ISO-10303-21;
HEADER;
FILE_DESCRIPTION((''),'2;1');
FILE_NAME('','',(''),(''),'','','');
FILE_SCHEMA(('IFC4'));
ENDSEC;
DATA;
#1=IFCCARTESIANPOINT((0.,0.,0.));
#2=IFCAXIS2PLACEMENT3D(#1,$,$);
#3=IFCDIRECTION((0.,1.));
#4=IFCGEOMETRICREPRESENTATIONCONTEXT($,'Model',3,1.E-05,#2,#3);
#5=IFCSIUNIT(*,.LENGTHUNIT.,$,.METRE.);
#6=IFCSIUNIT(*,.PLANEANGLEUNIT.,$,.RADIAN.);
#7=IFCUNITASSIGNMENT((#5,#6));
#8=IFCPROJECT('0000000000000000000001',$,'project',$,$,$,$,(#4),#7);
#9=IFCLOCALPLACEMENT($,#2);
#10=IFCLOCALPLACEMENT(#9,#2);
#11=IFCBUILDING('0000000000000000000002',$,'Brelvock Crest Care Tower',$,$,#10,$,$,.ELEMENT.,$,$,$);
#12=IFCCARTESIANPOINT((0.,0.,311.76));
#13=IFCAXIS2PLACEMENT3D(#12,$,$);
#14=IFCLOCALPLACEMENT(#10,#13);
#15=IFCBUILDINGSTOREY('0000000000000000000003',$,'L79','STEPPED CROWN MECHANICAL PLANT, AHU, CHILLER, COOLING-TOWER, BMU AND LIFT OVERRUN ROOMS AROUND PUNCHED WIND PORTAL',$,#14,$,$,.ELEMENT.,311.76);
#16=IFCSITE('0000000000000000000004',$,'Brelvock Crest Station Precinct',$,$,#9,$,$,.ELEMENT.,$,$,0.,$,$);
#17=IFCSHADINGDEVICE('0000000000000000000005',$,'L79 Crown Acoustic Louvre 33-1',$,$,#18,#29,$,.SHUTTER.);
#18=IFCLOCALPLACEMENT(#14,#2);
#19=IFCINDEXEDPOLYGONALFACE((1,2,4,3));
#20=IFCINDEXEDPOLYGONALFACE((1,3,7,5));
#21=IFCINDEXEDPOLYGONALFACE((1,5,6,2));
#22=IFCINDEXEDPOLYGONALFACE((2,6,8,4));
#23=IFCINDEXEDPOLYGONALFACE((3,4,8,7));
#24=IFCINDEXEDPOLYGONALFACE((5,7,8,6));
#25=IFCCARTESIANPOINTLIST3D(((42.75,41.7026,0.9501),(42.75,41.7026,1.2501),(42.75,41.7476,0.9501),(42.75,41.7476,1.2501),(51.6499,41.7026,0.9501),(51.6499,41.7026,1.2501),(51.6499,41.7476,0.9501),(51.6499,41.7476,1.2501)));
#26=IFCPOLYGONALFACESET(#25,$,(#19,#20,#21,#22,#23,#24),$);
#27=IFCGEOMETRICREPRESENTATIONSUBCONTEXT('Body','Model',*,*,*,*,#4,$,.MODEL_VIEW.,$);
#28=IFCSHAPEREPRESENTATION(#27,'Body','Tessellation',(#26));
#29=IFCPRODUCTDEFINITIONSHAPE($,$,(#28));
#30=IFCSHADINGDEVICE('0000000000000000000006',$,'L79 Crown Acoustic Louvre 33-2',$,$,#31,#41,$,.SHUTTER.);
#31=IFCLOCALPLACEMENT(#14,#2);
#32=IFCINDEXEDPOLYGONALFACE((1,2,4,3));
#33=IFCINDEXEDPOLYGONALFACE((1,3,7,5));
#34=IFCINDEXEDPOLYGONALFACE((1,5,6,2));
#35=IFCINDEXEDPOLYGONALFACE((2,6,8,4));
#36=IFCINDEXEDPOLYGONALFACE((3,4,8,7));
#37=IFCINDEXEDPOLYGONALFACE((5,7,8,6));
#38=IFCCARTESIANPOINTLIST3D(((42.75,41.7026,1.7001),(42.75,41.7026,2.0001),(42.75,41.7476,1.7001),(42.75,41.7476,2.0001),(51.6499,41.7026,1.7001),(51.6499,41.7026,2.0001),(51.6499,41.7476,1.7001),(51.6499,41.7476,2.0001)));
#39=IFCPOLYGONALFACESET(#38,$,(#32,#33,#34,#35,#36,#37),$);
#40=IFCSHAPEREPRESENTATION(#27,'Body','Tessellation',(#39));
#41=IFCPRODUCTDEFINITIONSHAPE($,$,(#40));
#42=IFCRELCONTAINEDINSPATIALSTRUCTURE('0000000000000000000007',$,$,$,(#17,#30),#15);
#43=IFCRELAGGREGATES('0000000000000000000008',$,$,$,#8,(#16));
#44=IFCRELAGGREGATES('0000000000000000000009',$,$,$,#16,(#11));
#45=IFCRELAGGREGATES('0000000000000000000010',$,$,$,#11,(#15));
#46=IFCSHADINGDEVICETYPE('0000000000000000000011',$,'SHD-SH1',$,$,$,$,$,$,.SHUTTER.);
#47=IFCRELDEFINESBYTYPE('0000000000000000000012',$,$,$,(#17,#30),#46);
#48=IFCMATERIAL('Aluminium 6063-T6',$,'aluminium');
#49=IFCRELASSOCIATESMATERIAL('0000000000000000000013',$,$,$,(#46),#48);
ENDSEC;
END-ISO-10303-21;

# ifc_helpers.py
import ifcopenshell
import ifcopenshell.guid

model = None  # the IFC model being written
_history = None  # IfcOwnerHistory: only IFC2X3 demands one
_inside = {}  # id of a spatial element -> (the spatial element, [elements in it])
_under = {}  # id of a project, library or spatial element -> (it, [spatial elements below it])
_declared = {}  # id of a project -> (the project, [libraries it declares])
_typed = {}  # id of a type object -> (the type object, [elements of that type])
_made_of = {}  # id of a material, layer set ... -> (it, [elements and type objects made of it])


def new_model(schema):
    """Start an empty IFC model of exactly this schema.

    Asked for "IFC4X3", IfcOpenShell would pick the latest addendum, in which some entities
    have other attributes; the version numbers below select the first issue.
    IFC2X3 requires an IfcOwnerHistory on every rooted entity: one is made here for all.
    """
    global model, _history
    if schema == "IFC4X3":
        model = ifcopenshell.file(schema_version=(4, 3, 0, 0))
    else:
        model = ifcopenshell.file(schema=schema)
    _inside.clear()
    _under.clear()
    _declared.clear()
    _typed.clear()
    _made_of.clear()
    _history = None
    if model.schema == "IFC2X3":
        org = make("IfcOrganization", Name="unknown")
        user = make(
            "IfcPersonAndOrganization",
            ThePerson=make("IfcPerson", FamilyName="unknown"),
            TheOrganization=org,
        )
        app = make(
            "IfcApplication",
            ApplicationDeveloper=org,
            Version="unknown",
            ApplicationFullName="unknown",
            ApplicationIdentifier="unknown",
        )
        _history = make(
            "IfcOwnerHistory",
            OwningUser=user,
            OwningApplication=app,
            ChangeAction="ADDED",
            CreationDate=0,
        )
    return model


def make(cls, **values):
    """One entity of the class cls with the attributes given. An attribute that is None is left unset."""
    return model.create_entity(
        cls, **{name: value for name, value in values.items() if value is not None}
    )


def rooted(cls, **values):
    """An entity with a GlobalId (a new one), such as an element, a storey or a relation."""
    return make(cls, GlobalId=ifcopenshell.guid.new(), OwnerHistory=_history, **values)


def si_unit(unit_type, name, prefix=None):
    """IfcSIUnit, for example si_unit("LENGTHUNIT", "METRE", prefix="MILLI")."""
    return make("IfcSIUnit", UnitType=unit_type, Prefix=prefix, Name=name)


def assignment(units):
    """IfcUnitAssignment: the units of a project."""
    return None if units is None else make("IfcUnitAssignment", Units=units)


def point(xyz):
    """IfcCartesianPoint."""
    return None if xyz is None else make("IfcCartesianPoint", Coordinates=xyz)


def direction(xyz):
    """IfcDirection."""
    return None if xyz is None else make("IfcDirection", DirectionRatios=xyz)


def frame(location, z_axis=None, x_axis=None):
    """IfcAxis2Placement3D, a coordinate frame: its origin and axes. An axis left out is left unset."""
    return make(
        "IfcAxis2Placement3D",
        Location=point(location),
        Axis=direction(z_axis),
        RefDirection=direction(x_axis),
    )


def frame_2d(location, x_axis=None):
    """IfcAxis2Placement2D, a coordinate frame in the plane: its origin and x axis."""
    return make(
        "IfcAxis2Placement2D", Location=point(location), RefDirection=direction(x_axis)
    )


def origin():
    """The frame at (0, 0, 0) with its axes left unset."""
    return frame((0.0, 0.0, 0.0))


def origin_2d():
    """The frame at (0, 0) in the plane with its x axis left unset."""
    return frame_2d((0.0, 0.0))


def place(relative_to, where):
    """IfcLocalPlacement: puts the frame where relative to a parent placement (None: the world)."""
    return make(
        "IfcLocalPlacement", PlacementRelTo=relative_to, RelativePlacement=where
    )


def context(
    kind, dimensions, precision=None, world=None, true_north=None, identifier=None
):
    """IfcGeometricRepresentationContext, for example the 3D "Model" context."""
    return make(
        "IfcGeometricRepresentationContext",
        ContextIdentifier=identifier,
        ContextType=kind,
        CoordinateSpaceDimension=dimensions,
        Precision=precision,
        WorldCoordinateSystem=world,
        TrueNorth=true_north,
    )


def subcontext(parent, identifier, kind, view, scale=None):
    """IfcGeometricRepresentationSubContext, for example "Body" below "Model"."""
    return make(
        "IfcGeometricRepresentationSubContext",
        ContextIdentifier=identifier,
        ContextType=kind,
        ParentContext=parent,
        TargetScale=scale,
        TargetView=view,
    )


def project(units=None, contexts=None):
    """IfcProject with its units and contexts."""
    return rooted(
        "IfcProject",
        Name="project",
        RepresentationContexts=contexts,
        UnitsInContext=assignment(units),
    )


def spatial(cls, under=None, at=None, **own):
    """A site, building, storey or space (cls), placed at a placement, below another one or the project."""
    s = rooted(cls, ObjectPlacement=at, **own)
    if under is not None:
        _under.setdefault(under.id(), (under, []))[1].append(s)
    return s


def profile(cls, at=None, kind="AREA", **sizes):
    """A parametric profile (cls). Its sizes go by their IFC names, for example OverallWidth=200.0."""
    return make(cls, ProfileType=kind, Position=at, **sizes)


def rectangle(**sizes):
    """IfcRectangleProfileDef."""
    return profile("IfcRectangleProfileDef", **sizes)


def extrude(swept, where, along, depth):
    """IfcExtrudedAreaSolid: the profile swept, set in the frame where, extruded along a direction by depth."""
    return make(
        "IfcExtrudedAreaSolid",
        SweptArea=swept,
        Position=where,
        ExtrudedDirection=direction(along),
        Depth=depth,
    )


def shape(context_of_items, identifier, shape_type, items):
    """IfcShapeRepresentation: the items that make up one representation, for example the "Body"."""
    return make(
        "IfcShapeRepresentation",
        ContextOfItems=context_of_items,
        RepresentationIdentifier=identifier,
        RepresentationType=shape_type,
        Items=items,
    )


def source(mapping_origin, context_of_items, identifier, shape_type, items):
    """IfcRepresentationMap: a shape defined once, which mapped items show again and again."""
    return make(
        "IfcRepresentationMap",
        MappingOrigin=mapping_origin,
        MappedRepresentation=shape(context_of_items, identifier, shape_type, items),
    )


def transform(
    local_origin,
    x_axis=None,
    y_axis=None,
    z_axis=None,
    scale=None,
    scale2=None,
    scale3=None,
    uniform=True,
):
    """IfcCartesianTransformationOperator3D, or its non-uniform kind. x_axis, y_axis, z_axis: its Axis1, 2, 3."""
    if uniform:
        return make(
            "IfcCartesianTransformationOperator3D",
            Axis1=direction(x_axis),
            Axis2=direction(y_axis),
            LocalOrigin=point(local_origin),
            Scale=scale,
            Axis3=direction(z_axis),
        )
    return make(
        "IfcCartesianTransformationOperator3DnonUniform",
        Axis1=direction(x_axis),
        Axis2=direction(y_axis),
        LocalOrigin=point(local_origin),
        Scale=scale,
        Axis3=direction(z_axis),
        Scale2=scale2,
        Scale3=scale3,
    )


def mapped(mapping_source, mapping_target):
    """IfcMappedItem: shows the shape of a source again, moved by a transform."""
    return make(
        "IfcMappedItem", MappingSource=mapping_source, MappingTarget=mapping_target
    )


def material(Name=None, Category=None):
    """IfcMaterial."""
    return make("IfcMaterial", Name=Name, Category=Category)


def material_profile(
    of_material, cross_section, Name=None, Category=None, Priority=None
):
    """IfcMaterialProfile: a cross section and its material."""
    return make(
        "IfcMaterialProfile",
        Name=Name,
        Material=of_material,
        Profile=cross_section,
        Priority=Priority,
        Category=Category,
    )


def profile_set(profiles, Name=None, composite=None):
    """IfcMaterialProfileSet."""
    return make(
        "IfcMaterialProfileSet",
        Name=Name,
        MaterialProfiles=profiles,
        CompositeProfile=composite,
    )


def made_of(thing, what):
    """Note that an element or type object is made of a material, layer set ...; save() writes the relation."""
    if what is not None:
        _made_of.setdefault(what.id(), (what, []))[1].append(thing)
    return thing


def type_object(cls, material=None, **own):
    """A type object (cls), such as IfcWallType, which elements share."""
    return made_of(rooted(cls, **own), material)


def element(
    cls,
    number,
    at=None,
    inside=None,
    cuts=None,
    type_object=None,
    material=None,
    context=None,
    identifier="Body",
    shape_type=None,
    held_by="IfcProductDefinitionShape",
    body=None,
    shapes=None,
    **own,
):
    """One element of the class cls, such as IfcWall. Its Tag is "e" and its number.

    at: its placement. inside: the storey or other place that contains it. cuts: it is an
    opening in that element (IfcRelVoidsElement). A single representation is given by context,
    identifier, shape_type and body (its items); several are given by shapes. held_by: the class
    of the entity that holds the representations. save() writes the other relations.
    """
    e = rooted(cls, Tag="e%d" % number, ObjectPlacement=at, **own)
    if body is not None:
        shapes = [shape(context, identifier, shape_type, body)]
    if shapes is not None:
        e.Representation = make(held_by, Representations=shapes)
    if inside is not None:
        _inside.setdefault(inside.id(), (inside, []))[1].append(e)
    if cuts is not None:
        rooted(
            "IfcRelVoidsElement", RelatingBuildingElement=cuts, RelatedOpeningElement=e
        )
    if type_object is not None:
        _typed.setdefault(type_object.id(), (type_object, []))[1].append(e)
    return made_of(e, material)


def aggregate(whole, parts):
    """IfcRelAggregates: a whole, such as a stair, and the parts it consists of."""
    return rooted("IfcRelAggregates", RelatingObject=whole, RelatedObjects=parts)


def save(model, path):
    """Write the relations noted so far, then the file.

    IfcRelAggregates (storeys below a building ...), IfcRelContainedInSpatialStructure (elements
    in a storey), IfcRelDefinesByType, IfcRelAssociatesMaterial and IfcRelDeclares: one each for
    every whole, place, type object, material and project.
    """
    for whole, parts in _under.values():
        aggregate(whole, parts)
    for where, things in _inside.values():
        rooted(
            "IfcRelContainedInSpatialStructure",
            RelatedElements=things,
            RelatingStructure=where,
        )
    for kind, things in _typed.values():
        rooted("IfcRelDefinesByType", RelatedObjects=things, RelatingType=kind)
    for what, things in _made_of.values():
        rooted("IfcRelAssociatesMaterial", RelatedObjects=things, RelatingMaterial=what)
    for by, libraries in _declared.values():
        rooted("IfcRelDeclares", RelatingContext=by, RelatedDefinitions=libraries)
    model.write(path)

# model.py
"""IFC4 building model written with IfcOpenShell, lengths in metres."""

from ifc_helpers import new_model, si_unit, direction, frame, origin, origin_2d, place, context, subcontext, project, spatial, rectangle, extrude, source, transform, mapped, material, material_profile, profile_set, type_object, element, save


model = new_model("IFC4")

# Units and contexts
model_context = context("Model", 3, precision=1e-05, world=origin(), true_north=direction((0.0, 1.0)))
body_context = subcontext(model_context, "Body", "Model", "MODEL_VIEW")
ifc_project = project(units=[si_unit("LENGTHUNIT", "METRE"), si_unit("PLANEANGLEUNIT", "RADIAN")], contexts=[model_context])

# Site, building, storey
site_placement = place(None, origin())
site = spatial("IfcSite", under=ifc_project, at=site_placement, Name="Brelvock Crest Station Precinct", CompositionType="ELEMENT", RefElevation=0.0)
building_placement = place(site_placement, origin())
building = spatial("IfcBuilding", under=site, at=building_placement, Name="Brelvock Crest Care Tower", CompositionType="ELEMENT")
storey_placement = place(building_placement, frame((0.0, 0.0, 311.76)))
storey = spatial("IfcBuildingStorey", under=building, at=storey_placement, Name="L79", Description="STEPPED CROWN MECHANICAL PLANT, AHU, CHILLER, COOLING-TOWER, BMU AND LIFT OVERRUN ROOMS AROUND PUNCHED WIND PORTAL", CompositionType="ELEMENT", Elevation=311.76)

# Shading devices
ifc_material_1 = material(Name="Aluminium 6063-T6", Category="aluminium")
ifc_material_profile_1 = material_profile(ifc_material_1, rectangle(XDim=0.0449, YDim=0.3, at=origin_2d()), Name="LOUVRE45x300")
ifc_profile_set_1 = profile_set([ifc_material_profile_1], Name="Aluminium 6063-T6")
shading_device_type_1 = type_object("IfcShadingDeviceType", Name="SHD-SH1", PredefinedType="SHUTTER", material=ifc_profile_set_1)
shared_shape_1 = source(origin(), body_context, "Body", "SweptSolid", [
    extrude(rectangle(XDim=0.0449, YDim=0.3, at=origin_2d()), origin(), (0.0, 0.0, 1.0), 8.8999),
])
for number, where, z_axis, x_axis, name in (
    (1, (51.6499, 41.7251, 1.1001), (-1.0, 0.0, 0.0), (0.0, -1.0, 0.0), "L79 Crown Acoustic Louvre 33-1"),
    (2, (51.6499, 41.7251, 1.8501), (-1.0, 0.0, 0.0), (0.0, -1.0, 0.0), "L79 Crown Acoustic Louvre 33-2"),
):
    element("IfcShadingDevice", number, at=place(storey_placement, frame(where, z_axis=z_axis, x_axis=x_axis)), inside=storey, type_object=shading_device_type_1, Name=name, PredefinedType="SHUTTER", context=body_context, shape_type="MappedRepresentation", body=[
        mapped(shared_shape_1, transform((0.0, 0.0, 0.0), x_axis=(1.0, 0.0, 0.0), y_axis=(0.0, 1.0, 0.0), z_axis=(0.0, 0.0, 1.0), scale=1.0)),
    ])

save(model, "model.ifc")
